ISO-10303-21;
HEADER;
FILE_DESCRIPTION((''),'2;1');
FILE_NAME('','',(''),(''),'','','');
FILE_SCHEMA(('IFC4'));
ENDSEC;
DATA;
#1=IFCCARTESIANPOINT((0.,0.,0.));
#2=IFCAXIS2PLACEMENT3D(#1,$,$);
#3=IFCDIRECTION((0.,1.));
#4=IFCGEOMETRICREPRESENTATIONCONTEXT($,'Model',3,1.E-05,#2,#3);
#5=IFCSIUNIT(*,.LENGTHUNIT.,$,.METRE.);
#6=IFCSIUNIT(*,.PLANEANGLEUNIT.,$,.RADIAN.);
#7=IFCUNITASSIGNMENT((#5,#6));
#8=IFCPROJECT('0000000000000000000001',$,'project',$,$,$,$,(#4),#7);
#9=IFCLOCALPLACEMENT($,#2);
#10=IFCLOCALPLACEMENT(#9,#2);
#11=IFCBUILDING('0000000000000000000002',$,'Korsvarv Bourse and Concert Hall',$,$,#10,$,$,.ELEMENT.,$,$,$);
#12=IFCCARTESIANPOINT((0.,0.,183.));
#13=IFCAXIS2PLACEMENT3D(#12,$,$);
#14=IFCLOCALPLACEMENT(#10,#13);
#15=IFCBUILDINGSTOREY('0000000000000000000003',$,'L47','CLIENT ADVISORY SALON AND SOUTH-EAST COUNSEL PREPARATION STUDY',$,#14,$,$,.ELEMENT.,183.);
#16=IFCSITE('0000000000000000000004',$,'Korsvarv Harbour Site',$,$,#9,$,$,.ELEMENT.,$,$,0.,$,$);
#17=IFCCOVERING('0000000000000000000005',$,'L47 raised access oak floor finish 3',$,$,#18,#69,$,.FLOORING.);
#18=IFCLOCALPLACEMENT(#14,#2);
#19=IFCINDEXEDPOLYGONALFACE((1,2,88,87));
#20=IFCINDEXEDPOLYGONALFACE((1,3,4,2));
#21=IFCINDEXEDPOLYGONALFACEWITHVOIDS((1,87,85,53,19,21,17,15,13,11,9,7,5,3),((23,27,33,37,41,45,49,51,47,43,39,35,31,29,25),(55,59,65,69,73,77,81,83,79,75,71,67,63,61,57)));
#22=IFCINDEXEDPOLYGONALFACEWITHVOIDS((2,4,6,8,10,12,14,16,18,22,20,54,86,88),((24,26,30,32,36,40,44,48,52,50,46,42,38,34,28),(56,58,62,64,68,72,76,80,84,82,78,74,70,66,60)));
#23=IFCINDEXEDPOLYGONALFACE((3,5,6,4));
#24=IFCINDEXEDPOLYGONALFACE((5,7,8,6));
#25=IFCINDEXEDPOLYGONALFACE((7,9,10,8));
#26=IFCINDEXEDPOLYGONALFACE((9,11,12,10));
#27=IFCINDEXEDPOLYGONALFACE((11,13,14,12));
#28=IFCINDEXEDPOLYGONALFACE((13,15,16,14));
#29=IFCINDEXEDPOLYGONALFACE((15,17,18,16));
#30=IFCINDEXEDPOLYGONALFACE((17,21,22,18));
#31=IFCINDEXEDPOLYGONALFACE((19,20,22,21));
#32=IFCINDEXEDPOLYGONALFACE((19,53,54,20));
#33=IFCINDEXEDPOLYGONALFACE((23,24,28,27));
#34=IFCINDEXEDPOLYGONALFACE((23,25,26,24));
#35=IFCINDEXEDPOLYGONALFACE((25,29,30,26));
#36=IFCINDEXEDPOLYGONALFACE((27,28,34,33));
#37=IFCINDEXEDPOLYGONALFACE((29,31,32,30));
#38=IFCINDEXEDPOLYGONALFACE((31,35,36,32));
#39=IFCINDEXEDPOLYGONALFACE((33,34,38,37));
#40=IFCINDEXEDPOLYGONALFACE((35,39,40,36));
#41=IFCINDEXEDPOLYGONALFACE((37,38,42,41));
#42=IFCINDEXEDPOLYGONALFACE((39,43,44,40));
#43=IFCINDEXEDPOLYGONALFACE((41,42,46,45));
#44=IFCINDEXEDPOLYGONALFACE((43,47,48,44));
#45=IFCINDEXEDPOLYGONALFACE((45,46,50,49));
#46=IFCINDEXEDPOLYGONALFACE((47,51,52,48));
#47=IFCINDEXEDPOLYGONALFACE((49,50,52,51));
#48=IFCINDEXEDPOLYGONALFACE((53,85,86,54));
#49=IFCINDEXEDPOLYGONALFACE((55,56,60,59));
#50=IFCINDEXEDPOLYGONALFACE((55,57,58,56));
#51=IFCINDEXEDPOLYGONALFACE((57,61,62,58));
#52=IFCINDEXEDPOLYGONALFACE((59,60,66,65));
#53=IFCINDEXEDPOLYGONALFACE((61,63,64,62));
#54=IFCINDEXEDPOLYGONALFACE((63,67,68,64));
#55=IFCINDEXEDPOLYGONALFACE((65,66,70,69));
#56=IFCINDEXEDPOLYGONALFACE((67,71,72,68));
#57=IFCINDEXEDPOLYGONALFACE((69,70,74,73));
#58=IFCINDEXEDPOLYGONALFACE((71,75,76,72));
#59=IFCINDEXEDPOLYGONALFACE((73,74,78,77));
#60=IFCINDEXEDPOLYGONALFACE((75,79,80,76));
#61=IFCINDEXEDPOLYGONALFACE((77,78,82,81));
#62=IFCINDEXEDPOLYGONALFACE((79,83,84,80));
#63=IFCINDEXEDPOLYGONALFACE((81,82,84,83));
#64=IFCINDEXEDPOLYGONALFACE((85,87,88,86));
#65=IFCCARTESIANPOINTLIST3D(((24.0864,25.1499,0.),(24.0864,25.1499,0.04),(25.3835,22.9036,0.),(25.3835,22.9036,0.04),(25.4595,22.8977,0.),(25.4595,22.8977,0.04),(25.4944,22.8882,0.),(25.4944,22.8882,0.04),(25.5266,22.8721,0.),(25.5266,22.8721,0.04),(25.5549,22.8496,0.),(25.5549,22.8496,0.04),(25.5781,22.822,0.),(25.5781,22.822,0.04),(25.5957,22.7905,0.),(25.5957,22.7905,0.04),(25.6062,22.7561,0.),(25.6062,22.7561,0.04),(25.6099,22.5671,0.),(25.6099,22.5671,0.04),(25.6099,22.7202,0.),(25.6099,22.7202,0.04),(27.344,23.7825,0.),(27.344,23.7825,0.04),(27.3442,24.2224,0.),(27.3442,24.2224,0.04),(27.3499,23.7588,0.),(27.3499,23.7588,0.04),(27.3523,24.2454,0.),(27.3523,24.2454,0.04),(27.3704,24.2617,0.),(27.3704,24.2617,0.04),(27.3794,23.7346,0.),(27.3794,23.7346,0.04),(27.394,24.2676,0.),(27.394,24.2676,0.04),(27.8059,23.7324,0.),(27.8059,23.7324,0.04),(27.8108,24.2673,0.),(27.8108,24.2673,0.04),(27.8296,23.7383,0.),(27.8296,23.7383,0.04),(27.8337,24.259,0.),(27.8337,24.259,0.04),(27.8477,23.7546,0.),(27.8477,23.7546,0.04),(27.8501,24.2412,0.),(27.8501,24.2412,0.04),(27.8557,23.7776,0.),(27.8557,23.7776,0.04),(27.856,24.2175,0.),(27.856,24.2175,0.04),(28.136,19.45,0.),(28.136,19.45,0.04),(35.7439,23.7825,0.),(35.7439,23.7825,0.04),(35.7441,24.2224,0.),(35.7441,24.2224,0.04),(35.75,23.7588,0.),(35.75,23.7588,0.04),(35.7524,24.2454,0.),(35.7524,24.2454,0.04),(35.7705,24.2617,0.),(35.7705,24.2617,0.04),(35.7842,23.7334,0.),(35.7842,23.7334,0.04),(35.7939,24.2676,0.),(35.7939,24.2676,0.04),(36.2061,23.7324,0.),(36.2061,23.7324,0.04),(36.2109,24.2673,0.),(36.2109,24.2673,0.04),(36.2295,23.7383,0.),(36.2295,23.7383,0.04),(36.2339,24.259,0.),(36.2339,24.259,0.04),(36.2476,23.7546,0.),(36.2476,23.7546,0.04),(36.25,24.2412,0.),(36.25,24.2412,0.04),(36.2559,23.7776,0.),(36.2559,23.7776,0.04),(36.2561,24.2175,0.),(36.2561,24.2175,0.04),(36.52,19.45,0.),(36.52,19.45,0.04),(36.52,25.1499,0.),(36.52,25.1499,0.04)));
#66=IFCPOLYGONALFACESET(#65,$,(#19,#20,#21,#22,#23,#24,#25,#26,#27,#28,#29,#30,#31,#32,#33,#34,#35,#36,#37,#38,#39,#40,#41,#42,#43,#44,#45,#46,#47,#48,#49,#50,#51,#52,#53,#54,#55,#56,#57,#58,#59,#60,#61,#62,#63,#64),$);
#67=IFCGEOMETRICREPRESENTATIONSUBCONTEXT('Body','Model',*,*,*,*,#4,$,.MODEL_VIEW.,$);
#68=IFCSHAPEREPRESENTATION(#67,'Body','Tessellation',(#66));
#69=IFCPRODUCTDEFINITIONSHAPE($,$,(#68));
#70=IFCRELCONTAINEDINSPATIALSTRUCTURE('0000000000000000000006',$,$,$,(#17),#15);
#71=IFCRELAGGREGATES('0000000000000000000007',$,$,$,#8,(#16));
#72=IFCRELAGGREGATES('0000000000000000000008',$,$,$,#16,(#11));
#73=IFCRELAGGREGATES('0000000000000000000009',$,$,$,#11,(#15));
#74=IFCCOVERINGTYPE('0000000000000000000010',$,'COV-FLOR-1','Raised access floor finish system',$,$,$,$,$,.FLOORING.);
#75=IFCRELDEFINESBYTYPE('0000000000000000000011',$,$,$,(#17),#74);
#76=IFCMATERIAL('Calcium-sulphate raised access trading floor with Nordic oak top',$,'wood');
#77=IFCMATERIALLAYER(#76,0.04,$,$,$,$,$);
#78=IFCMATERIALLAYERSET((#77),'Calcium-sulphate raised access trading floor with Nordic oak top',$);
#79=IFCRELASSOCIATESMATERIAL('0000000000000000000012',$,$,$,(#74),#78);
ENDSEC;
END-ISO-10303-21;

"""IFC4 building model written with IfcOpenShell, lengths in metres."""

from ifc_helpers import new_model, si_unit, direction, frame, origin, place, context, subcontext, project, spatial, polyline, outline, extrude, material, layer, layer_set, type_object, element, save


model = new_model("IFC4")

# Units and contexts
model_context = context("Model", 3, precision=1e-05, world=origin(), true_north=direction((0.0, 1.0)))
body_context = subcontext(model_context, "Body", "Model", "MODEL_VIEW")
ifc_project = project(units=[si_unit("LENGTHUNIT", "METRE"), si_unit("PLANEANGLEUNIT", "RADIAN")], contexts=[model_context])

# Site, building, storey
site_placement = place(None, origin())
site = spatial("IfcSite", under=ifc_project, at=site_placement, Name="Korsvarv Harbour Site", CompositionType="ELEMENT", RefElevation=0.0)
building_placement = place(site_placement, origin())
building = spatial("IfcBuilding", under=site, at=building_placement, Name="Korsvarv Bourse and Concert Hall", CompositionType="ELEMENT")
storey_placement = place(building_placement, frame((0.0, 0.0, 183.0)))
storey = spatial("IfcBuildingStorey", under=building, at=storey_placement, Name="L47", Description="CLIENT ADVISORY SALON AND SOUTH-EAST COUNSEL PREPARATION STUDY", CompositionType="ELEMENT", Elevation=183.0)

# Covering
ifc_material_1 = material(Name="Calcium-sulphate raised access trading floor with Nordic oak top", Category="wood")
ifc_layer_1 = layer(ifc_material_1, 0.04)
ifc_layer_set_1 = layer_set([ifc_layer_1], Name="Calcium-sulphate raised access trading floor with Nordic oak top")
covering_type_1 = type_object("IfcCoveringType", Name="COV-FLOR-1", Description="Raised access floor finish system", PredefinedType="FLOORING", material=ifc_layer_set_1)
covering_1_placement = place(storey_placement, origin())
element("IfcCovering", 1, at=covering_1_placement, inside=storey, type_object=covering_type_1, Name="L47 raised access oak floor finish 3", PredefinedType="FLOORING", context=body_context, shape_type="SweptSolid", body=[
    extrude(outline(polyline([(28.136, 19.45), (25.6099, 22.5671), (25.6099, 22.7202), (25.6062, 22.7561), (25.5957, 22.7905), (25.5781, 22.822), (25.5549, 22.8496), (25.5266, 22.8721), (25.4944, 22.8882), (25.4595, 22.8977), (25.3835, 22.9036), (24.0864, 25.1499), (36.52, 25.1499), (36.52, 19.45), (28.136, 19.45)]), holes=[polyline([(27.3794, 23.7346), (27.8059, 23.7324), (27.8296, 23.7383), (27.8477, 23.7546), (27.8557, 23.7776), (27.856, 24.2175), (27.8501, 24.2412), (27.8337, 24.259), (27.8108, 24.2673), (27.394, 24.2676), (27.3704, 24.2617), (27.3523, 24.2454), (27.3442, 24.2224), (27.344, 23.7825), (27.3499, 23.7588), (27.3794, 23.7346)]), polyline([(35.7842, 23.7334), (36.2061, 23.7324), (36.2295, 23.7383), (36.2476, 23.7546), (36.2559, 23.7776), (36.2561, 24.2175), (36.25, 24.2412), (36.2339, 24.259), (36.2109, 24.2673), (35.7939, 24.2676), (35.7705, 24.2617), (35.7524, 24.2454), (35.7441, 24.2224), (35.7439, 23.7825), (35.75, 23.7588), (35.7842, 23.7334)])]), origin(), (0.0, 0.0, 1.0), 0.04),
])

save(model, "model.ifc")
